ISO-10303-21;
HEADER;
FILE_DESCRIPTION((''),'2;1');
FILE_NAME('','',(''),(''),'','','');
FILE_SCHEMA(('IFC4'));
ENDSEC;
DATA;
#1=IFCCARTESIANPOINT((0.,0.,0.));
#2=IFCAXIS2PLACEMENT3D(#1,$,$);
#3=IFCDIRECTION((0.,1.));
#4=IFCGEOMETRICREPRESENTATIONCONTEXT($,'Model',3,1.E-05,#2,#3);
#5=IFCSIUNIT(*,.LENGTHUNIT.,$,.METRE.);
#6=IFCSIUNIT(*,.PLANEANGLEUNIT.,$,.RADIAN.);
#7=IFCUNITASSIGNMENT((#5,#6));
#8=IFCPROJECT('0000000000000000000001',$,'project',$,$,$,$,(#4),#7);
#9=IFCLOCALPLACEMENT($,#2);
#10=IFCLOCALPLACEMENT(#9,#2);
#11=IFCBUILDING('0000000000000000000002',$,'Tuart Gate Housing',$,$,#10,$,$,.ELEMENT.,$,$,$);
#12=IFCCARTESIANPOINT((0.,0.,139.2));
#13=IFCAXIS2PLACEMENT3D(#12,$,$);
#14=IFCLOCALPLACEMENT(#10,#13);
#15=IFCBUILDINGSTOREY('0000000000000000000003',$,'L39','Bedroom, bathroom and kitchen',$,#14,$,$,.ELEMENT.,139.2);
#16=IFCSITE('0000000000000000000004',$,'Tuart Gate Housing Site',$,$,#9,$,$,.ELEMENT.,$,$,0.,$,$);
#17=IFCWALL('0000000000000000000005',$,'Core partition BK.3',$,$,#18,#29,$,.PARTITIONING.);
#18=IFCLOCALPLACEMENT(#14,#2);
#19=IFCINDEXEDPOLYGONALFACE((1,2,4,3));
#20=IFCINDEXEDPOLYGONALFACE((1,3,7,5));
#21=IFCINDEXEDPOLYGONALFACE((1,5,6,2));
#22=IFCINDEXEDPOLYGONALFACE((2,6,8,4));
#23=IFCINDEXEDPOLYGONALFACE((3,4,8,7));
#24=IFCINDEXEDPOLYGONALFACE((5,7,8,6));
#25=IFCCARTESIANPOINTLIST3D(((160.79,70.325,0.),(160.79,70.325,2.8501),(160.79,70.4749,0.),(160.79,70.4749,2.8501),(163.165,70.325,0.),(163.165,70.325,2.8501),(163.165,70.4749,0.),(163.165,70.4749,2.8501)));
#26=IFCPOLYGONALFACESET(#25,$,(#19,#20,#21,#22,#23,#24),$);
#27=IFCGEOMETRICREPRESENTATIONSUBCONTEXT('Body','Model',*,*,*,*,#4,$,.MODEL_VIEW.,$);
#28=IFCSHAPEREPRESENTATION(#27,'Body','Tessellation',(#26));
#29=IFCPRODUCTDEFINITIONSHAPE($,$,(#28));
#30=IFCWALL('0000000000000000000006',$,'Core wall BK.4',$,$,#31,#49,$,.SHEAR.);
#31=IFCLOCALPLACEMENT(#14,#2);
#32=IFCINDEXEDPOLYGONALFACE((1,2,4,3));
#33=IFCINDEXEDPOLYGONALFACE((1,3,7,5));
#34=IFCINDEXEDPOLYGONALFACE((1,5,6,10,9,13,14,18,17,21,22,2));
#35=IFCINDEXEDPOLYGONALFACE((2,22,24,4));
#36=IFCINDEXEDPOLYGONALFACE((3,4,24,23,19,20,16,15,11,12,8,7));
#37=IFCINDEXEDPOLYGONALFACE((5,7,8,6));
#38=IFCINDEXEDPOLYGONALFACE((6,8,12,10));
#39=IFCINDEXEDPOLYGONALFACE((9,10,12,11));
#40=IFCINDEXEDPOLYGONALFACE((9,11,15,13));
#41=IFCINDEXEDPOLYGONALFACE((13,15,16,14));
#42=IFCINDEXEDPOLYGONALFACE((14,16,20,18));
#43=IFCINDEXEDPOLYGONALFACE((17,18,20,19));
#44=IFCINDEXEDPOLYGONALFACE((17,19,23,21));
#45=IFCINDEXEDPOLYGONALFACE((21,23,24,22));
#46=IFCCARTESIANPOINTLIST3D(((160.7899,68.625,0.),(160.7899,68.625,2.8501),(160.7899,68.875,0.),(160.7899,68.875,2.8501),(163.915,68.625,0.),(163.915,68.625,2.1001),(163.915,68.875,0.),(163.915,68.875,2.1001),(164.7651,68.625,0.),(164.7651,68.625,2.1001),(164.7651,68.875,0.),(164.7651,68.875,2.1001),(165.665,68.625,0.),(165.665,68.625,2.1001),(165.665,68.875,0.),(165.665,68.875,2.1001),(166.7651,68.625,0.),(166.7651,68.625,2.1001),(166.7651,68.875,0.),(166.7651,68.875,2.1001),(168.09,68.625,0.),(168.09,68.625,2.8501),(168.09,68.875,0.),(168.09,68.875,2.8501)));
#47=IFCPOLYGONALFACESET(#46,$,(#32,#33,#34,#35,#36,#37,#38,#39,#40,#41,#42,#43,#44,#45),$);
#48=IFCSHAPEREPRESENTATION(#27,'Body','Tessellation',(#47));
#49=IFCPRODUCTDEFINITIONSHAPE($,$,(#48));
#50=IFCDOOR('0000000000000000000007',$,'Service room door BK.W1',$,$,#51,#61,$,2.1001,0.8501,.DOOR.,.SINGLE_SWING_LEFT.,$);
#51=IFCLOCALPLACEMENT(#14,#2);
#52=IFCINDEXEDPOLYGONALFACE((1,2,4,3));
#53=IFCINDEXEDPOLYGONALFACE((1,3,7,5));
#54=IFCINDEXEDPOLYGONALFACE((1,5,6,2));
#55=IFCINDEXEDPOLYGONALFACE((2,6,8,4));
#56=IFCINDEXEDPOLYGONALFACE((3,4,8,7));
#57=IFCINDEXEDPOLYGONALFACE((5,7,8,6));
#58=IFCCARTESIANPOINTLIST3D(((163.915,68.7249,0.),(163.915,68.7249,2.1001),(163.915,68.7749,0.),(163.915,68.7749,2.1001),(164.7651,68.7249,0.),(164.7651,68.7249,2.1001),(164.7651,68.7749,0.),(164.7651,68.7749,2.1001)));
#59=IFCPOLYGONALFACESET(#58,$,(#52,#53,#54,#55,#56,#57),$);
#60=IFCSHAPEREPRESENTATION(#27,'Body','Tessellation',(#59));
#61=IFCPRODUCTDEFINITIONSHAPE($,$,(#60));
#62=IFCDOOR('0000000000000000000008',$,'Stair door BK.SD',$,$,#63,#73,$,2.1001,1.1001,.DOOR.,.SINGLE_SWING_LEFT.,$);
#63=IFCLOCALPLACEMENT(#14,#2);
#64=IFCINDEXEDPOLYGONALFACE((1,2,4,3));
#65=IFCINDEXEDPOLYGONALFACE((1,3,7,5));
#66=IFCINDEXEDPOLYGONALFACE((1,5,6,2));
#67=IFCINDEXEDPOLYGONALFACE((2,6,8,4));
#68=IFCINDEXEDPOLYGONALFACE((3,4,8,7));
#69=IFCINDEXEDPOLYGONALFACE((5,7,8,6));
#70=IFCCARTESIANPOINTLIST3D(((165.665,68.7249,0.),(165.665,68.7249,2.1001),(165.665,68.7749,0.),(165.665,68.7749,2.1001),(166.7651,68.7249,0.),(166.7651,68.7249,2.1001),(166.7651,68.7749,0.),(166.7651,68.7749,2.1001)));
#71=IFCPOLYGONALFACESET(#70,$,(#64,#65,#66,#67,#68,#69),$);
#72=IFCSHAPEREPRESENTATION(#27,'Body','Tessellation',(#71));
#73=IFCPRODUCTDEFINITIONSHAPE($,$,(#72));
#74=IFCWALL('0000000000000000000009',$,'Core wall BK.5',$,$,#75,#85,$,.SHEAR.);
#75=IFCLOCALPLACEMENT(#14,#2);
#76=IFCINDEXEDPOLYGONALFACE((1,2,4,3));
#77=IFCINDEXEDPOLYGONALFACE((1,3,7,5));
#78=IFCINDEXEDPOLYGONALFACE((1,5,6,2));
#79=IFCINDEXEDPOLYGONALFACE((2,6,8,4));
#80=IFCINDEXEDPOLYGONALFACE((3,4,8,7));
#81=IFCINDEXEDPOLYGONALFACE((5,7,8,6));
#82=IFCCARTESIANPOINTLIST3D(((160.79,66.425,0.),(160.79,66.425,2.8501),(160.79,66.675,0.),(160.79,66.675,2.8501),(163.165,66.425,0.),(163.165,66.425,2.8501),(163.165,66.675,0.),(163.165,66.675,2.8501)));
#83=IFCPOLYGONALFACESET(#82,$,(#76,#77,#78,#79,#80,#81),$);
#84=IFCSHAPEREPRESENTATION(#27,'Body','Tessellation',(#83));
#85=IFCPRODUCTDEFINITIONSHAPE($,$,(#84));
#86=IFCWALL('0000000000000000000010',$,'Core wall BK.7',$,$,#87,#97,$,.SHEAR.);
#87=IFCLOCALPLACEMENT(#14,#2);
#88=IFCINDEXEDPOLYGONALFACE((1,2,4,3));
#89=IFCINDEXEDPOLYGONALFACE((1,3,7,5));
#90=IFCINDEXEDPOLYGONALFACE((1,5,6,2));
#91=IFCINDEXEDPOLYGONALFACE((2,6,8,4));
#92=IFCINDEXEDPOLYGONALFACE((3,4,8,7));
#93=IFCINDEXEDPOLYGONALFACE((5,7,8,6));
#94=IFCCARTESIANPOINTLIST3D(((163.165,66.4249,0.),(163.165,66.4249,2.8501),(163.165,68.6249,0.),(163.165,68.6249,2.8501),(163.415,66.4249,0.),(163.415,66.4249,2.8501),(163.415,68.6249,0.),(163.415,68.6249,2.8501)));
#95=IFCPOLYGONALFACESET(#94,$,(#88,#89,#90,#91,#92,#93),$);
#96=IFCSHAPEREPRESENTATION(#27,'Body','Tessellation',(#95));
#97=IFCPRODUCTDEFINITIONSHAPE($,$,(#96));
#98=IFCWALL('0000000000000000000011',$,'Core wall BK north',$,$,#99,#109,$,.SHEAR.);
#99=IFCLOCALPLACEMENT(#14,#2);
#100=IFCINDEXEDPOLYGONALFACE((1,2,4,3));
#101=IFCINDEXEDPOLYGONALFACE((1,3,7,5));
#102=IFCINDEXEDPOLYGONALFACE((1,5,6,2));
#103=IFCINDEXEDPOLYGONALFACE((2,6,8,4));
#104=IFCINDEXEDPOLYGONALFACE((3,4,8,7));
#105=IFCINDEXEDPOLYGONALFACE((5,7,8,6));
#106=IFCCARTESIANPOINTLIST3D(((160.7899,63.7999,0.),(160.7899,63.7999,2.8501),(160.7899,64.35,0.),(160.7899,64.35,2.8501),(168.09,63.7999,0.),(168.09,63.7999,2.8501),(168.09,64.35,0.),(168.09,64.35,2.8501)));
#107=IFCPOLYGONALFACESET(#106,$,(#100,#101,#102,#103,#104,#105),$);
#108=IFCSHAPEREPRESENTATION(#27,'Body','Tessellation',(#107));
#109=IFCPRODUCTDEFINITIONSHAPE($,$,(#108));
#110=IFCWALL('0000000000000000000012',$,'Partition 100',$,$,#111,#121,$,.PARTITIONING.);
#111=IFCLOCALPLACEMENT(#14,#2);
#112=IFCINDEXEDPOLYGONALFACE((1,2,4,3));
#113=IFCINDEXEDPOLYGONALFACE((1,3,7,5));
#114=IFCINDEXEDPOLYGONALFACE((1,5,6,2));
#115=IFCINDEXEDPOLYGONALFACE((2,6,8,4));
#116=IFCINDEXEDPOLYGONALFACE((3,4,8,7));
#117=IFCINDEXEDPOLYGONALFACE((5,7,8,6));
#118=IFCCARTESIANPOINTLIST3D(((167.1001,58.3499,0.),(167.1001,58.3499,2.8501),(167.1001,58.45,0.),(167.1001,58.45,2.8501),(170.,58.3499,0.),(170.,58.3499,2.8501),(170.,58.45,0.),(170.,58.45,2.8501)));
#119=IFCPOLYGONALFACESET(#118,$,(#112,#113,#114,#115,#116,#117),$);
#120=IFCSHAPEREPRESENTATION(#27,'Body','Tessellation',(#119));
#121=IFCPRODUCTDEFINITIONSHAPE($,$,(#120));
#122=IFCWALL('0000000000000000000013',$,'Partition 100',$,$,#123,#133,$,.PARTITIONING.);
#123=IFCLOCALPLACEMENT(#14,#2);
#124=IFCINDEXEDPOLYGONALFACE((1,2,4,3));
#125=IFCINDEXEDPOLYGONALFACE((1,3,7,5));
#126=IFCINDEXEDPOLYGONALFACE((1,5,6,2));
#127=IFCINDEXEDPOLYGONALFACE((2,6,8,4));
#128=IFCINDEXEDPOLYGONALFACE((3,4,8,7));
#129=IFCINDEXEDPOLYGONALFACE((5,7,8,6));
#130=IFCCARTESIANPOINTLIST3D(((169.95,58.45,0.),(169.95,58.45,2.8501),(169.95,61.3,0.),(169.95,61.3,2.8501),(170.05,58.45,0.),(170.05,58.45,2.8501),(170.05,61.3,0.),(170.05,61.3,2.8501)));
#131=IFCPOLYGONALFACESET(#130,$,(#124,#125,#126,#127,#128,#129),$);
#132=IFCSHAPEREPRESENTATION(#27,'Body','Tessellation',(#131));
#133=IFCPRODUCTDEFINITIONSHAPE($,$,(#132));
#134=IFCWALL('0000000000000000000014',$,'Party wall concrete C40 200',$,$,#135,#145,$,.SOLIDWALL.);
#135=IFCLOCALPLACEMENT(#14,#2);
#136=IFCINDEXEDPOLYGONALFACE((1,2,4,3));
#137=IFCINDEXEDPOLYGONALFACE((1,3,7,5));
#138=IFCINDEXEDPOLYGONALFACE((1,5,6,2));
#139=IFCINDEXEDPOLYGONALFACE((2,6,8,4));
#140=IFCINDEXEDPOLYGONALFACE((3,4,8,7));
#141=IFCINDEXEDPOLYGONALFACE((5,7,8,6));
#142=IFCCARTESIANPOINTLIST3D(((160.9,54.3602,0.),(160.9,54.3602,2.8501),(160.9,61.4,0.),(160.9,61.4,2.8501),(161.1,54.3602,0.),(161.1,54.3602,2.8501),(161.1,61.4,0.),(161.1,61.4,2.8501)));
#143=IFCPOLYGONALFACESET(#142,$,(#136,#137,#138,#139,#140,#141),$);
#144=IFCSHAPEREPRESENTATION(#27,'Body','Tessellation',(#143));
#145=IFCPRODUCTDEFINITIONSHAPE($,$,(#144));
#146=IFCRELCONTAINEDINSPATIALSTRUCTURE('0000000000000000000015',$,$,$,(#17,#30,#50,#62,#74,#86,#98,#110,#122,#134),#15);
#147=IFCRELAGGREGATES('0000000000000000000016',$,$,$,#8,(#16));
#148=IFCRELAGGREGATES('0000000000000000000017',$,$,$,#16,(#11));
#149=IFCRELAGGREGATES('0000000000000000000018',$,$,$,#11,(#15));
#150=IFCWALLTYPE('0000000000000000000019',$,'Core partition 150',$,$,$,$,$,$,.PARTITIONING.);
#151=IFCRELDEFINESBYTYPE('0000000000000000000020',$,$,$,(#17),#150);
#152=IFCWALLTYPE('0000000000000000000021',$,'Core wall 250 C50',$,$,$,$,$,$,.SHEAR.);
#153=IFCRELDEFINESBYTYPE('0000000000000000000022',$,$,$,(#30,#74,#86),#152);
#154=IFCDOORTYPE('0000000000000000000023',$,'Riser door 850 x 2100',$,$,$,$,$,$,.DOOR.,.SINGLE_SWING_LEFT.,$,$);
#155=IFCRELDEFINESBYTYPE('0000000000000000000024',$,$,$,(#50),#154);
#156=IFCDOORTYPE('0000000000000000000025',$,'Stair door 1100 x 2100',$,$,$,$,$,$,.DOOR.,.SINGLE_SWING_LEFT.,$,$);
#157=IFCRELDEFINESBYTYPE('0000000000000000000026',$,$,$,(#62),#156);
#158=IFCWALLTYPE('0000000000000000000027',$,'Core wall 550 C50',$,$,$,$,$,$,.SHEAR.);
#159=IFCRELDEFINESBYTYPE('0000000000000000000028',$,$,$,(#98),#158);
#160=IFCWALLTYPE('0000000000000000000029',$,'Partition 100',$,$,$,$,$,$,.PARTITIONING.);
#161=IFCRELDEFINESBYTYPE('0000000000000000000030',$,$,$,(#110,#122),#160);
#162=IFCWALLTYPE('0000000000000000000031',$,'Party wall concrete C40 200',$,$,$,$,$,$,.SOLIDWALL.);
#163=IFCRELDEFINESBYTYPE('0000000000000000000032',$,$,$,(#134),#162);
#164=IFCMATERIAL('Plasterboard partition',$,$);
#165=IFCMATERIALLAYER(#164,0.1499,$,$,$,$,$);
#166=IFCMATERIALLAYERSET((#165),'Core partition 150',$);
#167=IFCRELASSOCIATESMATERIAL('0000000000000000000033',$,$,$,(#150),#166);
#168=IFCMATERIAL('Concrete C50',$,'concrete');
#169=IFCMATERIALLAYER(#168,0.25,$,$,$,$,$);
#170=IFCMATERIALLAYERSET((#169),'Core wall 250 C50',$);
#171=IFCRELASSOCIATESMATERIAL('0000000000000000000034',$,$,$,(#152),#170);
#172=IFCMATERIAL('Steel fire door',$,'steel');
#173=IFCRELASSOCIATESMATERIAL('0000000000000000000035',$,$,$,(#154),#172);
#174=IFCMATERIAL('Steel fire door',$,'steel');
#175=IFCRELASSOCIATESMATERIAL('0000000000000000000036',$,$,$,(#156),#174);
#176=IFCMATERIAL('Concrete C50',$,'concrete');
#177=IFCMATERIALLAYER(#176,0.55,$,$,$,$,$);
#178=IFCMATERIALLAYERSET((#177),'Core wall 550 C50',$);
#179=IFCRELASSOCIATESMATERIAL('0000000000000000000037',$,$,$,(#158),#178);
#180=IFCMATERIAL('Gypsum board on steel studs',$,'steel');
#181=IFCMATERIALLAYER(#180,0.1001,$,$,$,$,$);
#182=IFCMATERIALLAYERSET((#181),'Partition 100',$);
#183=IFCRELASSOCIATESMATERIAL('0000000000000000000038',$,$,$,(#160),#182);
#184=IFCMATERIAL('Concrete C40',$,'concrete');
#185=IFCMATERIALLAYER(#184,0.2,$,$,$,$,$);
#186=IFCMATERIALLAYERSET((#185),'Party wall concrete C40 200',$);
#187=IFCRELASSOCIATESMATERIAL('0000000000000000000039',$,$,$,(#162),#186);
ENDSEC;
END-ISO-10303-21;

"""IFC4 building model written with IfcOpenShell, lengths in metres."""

from ifc_helpers import new_model, si_unit, direction, frame, frame_2d, origin, place, context, subcontext, project, spatial, rectangle, extrude, material, layer, layer_set, type_object, element, fill, save


model = new_model("IFC4")

# Units and contexts
model_context = context("Model", 3, precision=1e-05, world=origin(), true_north=direction((0.0, 1.0)))
body_context = subcontext(model_context, "Body", "Model", "MODEL_VIEW")
ifc_project = project(units=[si_unit("LENGTHUNIT", "METRE"), si_unit("PLANEANGLEUNIT", "RADIAN")], contexts=[model_context])

# Site, building, storey
site_placement = place(None, origin())
site = spatial("IfcSite", under=ifc_project, at=site_placement, Name="Tuart Gate Housing Site", CompositionType="ELEMENT", RefElevation=0.0)
building_placement = place(site_placement, origin())
building = spatial("IfcBuilding", under=site, at=building_placement, Name="Tuart Gate Housing", CompositionType="ELEMENT")
storey_placement = place(building_placement, frame((0.0, 0.0, 139.2)))
storey = spatial("IfcBuildingStorey", under=building, at=storey_placement, Name="L39", Description="Bedroom, bathroom and kitchen", CompositionType="ELEMENT", Elevation=139.2)

# Wall
ifc_material_1 = material(Name="Plasterboard partition")
ifc_layer_1 = layer(ifc_material_1, 0.1499)
ifc_layer_set_1 = layer_set([ifc_layer_1], Name="Core partition 150")
wall_type_1 = type_object("IfcWallType", Name="Core partition 150", PredefinedType="PARTITIONING", material=ifc_layer_set_1)
wall_1_placement = place(storey_placement, frame((160.79, 70.3999, 0.0), z_axis=(0.0, 0.0, 1.0), x_axis=(1.0, 0.0, 0.0)))
element("IfcWall", 1, at=wall_1_placement, inside=storey, type_object=wall_type_1, Name="Core partition BK.3", PredefinedType="PARTITIONING", context=body_context, shape_type="SweptSolid", body=[
    extrude(rectangle(XDim=2.375, YDim=0.1499, at=frame_2d((1.1875, 0.0))), origin(), (0.0, 0.0, 1.0), 2.8501),
])

# Wall, openings, doors
ifc_material_2 = material(Name="Concrete C50", Category="concrete")
ifc_layer_2 = layer(ifc_material_2, 0.25)
ifc_layer_set_2 = layer_set([ifc_layer_2], Name="Core wall 250 C50")
wall_type_2 = type_object("IfcWallType", Name="Core wall 250 C50", PredefinedType="SHEAR", material=ifc_layer_set_2)
wall_2_placement = place(storey_placement, frame((160.79, 68.75, 0.0), z_axis=(0.0, 0.0, 1.0), x_axis=(1.0, 0.0, 0.0)))
wall_2 = element("IfcWall", 2, at=wall_2_placement, inside=storey, type_object=wall_type_2, Name="Core wall BK.4", PredefinedType="SHEAR", context=body_context, shape_type="SweptSolid", body=[
    extrude(rectangle(XDim=7.3, YDim=0.25, at=frame_2d((3.6499, 0.0))), origin(), (0.0, 0.0, 1.0), 2.8501),
])
opening_1_placement = place(wall_2_placement, frame((4.875, 0.0, 0.0)))
opening_1 = element("IfcOpeningElement", 3, at=opening_1_placement, cuts=wall_2, PredefinedType="OPENING", context=body_context, shape_type="SweptSolid", body=[
    extrude(rectangle(XDim=1.1001, YDim=2.1001, at=frame_2d((0.55, 1.05))), frame((0.0, 0.135, 0.0), z_axis=(0.0, -1.0, 0.0), x_axis=(1.0, 0.0, 0.0)), (0.0, 0.0, 1.0), 0.27),
])
opening_2_placement = place(wall_2_placement, frame((3.125, 0.0, 0.0)))
opening_2 = element("IfcOpeningElement", 4, at=opening_2_placement, cuts=wall_2, PredefinedType="OPENING", context=body_context, shape_type="SweptSolid", body=[
    extrude(rectangle(XDim=0.8501, YDim=2.1001, at=frame_2d((0.425, 1.05))), frame((0.0, 0.135, 0.0), z_axis=(0.0, -1.0, 0.0), x_axis=(1.0, 0.0, 0.0)), (0.0, 0.0, 1.0), 0.27),
])
ifc_material_3 = material(Name="Steel fire door", Category="steel")
door_type_1 = type_object("IfcDoorType", Name="Riser door 850 x 2100", OperationType="SINGLE_SWING_LEFT", PredefinedType="DOOR", material=ifc_material_3)
door_1_placement = place(opening_2_placement, origin())
door_1 = element("IfcDoor", 5, at=door_1_placement, inside=storey, type_object=door_type_1, Name="Service room door BK.W1", OperationType="SINGLE_SWING_LEFT", OverallHeight=2.1001, OverallWidth=0.8501, PredefinedType="DOOR", context=body_context, shape_type="SweptSolid", body=[
    extrude(rectangle(XDim=0.8501, YDim=2.1001, at=frame_2d((0.425, 1.05))), frame((0.0, 0.0249, 0.0), z_axis=(0.0, -1.0, 0.0), x_axis=(1.0, 0.0, 0.0)), (0.0, 0.0, 1.0), 0.05),
])
fill(opening_2, door_1)
ifc_material_4 = material(Name="Steel fire door", Category="steel")
door_type_2 = type_object("IfcDoorType", Name="Stair door 1100 x 2100", OperationType="SINGLE_SWING_LEFT", PredefinedType="DOOR", material=ifc_material_4)
door_2_placement = place(opening_1_placement, origin())
door_2 = element("IfcDoor", 6, at=door_2_placement, inside=storey, type_object=door_type_2, Name="Stair door BK.SD", OperationType="SINGLE_SWING_LEFT", OverallHeight=2.1001, OverallWidth=1.1001, PredefinedType="DOOR", context=body_context, shape_type="SweptSolid", body=[
    extrude(rectangle(XDim=1.1001, YDim=2.1001, at=frame_2d((0.55, 1.05))), frame((0.0, 0.0249, 0.0), z_axis=(0.0, -1.0, 0.0), x_axis=(1.0, 0.0, 0.0)), (0.0, 0.0, 1.0), 0.05),
])
fill(opening_1, door_2)

# Walls
wall_3_placement = place(storey_placement, frame((160.79, 66.55, 0.0), z_axis=(0.0, 0.0, 1.0), x_axis=(1.0, 0.0, 0.0)))
element("IfcWall", 7, at=wall_3_placement, inside=storey, type_object=wall_type_2, Name="Core wall BK.5", PredefinedType="SHEAR", context=body_context, shape_type="SweptSolid", body=[
    extrude(rectangle(XDim=2.375, YDim=0.25, at=frame_2d((1.1875, 0.0))), origin(), (0.0, 0.0, 1.0), 2.8501),
])
wall_4_placement = place(storey_placement, frame((163.29, 68.625, 0.0), z_axis=(0.0, 0.0, 1.0), x_axis=(0.0, -1.0, 0.0)))
element("IfcWall", 8, at=wall_4_placement, inside=storey, type_object=wall_type_2, Name="Core wall BK.7", PredefinedType="SHEAR", context=body_context, shape_type="SweptSolid", body=[
    extrude(rectangle(XDim=2.2, YDim=0.25, at=frame_2d((1.1001, 0.0))), origin(), (0.0, 0.0, 1.0), 2.8501),
])
ifc_material_5 = material(Name="Concrete C50", Category="concrete")
ifc_layer_3 = layer(ifc_material_5, 0.55)
ifc_layer_set_3 = layer_set([ifc_layer_3], Name="Core wall 550 C50")
wall_type_3 = type_object("IfcWallType", Name="Core wall 550 C50", PredefinedType="SHEAR", material=ifc_layer_set_3)
wall_5_placement = place(storey_placement, frame((160.79, 64.075, 0.0), z_axis=(0.0, 0.0, 1.0), x_axis=(1.0, 0.0, 0.0)))
element("IfcWall", 9, at=wall_5_placement, inside=storey, type_object=wall_type_3, Name="Core wall BK north", PredefinedType="SHEAR", context=body_context, shape_type="SweptSolid", body=[
    extrude(rectangle(XDim=7.3, YDim=0.55, at=frame_2d((3.6499, 0.0))), origin(), (0.0, 0.0, 1.0), 2.8501),
])
ifc_material_6 = material(Name="Gypsum board on steel studs", Category="steel")
ifc_layer_4 = layer(ifc_material_6, 0.1001)
ifc_layer_set_4 = layer_set([ifc_layer_4], Name="Partition 100")
wall_type_4 = type_object("IfcWallType", Name="Partition 100", PredefinedType="PARTITIONING", material=ifc_layer_set_4)
wall_6_placement = place(storey_placement, frame((167.1001, 58.3999, 0.0), z_axis=(0.0, 0.0, 1.0), x_axis=(1.0, 0.0, 0.0)))
element("IfcWall", 10, at=wall_6_placement, inside=storey, type_object=wall_type_4, Name="Partition 100", PredefinedType="PARTITIONING", context=body_context, shape_type="SweptSolid", body=[
    extrude(rectangle(XDim=2.8999, YDim=0.1001, at=frame_2d((1.45, 0.0))), origin(), (0.0, 0.0, 1.0), 2.8501),
])
wall_7_placement = place(storey_placement, frame((170.0, 58.45, 0.0), z_axis=(0.0, 0.0, 1.0), x_axis=(0.0, 1.0, 0.0)))
element("IfcWall", 11, at=wall_7_placement, inside=storey, type_object=wall_type_4, Name="Partition 100", PredefinedType="PARTITIONING", context=body_context, shape_type="SweptSolid", body=[
    extrude(rectangle(XDim=2.8501, YDim=0.1001, at=frame_2d((1.425, 0.0))), origin(), (0.0, 0.0, 1.0), 2.8501),
])
ifc_material_7 = material(Name="Concrete C40", Category="concrete")
ifc_layer_5 = layer(ifc_material_7, 0.2)
ifc_layer_set_5 = layer_set([ifc_layer_5], Name="Party wall concrete C40 200")
wall_type_5 = type_object("IfcWallType", Name="Party wall concrete C40 200", PredefinedType="SOLIDWALL", material=ifc_layer_set_5)
wall_8_placement = place(storey_placement, frame((161.0, 54.3601, 0.0), z_axis=(0.0, 0.0, 1.0), x_axis=(0.0, 1.0, 0.0)))
element("IfcWall", 12, at=wall_8_placement, inside=storey, type_object=wall_type_5, Name="Party wall concrete C40 200", PredefinedType="SOLIDWALL", context=body_context, shape_type="SweptSolid", body=[
    extrude(rectangle(XDim=7.0398, YDim=0.2, at=frame_2d((3.52, 0.0))), origin(), (0.0, 0.0, 1.0), 2.8501),
])

save(model, "model.ifc")
